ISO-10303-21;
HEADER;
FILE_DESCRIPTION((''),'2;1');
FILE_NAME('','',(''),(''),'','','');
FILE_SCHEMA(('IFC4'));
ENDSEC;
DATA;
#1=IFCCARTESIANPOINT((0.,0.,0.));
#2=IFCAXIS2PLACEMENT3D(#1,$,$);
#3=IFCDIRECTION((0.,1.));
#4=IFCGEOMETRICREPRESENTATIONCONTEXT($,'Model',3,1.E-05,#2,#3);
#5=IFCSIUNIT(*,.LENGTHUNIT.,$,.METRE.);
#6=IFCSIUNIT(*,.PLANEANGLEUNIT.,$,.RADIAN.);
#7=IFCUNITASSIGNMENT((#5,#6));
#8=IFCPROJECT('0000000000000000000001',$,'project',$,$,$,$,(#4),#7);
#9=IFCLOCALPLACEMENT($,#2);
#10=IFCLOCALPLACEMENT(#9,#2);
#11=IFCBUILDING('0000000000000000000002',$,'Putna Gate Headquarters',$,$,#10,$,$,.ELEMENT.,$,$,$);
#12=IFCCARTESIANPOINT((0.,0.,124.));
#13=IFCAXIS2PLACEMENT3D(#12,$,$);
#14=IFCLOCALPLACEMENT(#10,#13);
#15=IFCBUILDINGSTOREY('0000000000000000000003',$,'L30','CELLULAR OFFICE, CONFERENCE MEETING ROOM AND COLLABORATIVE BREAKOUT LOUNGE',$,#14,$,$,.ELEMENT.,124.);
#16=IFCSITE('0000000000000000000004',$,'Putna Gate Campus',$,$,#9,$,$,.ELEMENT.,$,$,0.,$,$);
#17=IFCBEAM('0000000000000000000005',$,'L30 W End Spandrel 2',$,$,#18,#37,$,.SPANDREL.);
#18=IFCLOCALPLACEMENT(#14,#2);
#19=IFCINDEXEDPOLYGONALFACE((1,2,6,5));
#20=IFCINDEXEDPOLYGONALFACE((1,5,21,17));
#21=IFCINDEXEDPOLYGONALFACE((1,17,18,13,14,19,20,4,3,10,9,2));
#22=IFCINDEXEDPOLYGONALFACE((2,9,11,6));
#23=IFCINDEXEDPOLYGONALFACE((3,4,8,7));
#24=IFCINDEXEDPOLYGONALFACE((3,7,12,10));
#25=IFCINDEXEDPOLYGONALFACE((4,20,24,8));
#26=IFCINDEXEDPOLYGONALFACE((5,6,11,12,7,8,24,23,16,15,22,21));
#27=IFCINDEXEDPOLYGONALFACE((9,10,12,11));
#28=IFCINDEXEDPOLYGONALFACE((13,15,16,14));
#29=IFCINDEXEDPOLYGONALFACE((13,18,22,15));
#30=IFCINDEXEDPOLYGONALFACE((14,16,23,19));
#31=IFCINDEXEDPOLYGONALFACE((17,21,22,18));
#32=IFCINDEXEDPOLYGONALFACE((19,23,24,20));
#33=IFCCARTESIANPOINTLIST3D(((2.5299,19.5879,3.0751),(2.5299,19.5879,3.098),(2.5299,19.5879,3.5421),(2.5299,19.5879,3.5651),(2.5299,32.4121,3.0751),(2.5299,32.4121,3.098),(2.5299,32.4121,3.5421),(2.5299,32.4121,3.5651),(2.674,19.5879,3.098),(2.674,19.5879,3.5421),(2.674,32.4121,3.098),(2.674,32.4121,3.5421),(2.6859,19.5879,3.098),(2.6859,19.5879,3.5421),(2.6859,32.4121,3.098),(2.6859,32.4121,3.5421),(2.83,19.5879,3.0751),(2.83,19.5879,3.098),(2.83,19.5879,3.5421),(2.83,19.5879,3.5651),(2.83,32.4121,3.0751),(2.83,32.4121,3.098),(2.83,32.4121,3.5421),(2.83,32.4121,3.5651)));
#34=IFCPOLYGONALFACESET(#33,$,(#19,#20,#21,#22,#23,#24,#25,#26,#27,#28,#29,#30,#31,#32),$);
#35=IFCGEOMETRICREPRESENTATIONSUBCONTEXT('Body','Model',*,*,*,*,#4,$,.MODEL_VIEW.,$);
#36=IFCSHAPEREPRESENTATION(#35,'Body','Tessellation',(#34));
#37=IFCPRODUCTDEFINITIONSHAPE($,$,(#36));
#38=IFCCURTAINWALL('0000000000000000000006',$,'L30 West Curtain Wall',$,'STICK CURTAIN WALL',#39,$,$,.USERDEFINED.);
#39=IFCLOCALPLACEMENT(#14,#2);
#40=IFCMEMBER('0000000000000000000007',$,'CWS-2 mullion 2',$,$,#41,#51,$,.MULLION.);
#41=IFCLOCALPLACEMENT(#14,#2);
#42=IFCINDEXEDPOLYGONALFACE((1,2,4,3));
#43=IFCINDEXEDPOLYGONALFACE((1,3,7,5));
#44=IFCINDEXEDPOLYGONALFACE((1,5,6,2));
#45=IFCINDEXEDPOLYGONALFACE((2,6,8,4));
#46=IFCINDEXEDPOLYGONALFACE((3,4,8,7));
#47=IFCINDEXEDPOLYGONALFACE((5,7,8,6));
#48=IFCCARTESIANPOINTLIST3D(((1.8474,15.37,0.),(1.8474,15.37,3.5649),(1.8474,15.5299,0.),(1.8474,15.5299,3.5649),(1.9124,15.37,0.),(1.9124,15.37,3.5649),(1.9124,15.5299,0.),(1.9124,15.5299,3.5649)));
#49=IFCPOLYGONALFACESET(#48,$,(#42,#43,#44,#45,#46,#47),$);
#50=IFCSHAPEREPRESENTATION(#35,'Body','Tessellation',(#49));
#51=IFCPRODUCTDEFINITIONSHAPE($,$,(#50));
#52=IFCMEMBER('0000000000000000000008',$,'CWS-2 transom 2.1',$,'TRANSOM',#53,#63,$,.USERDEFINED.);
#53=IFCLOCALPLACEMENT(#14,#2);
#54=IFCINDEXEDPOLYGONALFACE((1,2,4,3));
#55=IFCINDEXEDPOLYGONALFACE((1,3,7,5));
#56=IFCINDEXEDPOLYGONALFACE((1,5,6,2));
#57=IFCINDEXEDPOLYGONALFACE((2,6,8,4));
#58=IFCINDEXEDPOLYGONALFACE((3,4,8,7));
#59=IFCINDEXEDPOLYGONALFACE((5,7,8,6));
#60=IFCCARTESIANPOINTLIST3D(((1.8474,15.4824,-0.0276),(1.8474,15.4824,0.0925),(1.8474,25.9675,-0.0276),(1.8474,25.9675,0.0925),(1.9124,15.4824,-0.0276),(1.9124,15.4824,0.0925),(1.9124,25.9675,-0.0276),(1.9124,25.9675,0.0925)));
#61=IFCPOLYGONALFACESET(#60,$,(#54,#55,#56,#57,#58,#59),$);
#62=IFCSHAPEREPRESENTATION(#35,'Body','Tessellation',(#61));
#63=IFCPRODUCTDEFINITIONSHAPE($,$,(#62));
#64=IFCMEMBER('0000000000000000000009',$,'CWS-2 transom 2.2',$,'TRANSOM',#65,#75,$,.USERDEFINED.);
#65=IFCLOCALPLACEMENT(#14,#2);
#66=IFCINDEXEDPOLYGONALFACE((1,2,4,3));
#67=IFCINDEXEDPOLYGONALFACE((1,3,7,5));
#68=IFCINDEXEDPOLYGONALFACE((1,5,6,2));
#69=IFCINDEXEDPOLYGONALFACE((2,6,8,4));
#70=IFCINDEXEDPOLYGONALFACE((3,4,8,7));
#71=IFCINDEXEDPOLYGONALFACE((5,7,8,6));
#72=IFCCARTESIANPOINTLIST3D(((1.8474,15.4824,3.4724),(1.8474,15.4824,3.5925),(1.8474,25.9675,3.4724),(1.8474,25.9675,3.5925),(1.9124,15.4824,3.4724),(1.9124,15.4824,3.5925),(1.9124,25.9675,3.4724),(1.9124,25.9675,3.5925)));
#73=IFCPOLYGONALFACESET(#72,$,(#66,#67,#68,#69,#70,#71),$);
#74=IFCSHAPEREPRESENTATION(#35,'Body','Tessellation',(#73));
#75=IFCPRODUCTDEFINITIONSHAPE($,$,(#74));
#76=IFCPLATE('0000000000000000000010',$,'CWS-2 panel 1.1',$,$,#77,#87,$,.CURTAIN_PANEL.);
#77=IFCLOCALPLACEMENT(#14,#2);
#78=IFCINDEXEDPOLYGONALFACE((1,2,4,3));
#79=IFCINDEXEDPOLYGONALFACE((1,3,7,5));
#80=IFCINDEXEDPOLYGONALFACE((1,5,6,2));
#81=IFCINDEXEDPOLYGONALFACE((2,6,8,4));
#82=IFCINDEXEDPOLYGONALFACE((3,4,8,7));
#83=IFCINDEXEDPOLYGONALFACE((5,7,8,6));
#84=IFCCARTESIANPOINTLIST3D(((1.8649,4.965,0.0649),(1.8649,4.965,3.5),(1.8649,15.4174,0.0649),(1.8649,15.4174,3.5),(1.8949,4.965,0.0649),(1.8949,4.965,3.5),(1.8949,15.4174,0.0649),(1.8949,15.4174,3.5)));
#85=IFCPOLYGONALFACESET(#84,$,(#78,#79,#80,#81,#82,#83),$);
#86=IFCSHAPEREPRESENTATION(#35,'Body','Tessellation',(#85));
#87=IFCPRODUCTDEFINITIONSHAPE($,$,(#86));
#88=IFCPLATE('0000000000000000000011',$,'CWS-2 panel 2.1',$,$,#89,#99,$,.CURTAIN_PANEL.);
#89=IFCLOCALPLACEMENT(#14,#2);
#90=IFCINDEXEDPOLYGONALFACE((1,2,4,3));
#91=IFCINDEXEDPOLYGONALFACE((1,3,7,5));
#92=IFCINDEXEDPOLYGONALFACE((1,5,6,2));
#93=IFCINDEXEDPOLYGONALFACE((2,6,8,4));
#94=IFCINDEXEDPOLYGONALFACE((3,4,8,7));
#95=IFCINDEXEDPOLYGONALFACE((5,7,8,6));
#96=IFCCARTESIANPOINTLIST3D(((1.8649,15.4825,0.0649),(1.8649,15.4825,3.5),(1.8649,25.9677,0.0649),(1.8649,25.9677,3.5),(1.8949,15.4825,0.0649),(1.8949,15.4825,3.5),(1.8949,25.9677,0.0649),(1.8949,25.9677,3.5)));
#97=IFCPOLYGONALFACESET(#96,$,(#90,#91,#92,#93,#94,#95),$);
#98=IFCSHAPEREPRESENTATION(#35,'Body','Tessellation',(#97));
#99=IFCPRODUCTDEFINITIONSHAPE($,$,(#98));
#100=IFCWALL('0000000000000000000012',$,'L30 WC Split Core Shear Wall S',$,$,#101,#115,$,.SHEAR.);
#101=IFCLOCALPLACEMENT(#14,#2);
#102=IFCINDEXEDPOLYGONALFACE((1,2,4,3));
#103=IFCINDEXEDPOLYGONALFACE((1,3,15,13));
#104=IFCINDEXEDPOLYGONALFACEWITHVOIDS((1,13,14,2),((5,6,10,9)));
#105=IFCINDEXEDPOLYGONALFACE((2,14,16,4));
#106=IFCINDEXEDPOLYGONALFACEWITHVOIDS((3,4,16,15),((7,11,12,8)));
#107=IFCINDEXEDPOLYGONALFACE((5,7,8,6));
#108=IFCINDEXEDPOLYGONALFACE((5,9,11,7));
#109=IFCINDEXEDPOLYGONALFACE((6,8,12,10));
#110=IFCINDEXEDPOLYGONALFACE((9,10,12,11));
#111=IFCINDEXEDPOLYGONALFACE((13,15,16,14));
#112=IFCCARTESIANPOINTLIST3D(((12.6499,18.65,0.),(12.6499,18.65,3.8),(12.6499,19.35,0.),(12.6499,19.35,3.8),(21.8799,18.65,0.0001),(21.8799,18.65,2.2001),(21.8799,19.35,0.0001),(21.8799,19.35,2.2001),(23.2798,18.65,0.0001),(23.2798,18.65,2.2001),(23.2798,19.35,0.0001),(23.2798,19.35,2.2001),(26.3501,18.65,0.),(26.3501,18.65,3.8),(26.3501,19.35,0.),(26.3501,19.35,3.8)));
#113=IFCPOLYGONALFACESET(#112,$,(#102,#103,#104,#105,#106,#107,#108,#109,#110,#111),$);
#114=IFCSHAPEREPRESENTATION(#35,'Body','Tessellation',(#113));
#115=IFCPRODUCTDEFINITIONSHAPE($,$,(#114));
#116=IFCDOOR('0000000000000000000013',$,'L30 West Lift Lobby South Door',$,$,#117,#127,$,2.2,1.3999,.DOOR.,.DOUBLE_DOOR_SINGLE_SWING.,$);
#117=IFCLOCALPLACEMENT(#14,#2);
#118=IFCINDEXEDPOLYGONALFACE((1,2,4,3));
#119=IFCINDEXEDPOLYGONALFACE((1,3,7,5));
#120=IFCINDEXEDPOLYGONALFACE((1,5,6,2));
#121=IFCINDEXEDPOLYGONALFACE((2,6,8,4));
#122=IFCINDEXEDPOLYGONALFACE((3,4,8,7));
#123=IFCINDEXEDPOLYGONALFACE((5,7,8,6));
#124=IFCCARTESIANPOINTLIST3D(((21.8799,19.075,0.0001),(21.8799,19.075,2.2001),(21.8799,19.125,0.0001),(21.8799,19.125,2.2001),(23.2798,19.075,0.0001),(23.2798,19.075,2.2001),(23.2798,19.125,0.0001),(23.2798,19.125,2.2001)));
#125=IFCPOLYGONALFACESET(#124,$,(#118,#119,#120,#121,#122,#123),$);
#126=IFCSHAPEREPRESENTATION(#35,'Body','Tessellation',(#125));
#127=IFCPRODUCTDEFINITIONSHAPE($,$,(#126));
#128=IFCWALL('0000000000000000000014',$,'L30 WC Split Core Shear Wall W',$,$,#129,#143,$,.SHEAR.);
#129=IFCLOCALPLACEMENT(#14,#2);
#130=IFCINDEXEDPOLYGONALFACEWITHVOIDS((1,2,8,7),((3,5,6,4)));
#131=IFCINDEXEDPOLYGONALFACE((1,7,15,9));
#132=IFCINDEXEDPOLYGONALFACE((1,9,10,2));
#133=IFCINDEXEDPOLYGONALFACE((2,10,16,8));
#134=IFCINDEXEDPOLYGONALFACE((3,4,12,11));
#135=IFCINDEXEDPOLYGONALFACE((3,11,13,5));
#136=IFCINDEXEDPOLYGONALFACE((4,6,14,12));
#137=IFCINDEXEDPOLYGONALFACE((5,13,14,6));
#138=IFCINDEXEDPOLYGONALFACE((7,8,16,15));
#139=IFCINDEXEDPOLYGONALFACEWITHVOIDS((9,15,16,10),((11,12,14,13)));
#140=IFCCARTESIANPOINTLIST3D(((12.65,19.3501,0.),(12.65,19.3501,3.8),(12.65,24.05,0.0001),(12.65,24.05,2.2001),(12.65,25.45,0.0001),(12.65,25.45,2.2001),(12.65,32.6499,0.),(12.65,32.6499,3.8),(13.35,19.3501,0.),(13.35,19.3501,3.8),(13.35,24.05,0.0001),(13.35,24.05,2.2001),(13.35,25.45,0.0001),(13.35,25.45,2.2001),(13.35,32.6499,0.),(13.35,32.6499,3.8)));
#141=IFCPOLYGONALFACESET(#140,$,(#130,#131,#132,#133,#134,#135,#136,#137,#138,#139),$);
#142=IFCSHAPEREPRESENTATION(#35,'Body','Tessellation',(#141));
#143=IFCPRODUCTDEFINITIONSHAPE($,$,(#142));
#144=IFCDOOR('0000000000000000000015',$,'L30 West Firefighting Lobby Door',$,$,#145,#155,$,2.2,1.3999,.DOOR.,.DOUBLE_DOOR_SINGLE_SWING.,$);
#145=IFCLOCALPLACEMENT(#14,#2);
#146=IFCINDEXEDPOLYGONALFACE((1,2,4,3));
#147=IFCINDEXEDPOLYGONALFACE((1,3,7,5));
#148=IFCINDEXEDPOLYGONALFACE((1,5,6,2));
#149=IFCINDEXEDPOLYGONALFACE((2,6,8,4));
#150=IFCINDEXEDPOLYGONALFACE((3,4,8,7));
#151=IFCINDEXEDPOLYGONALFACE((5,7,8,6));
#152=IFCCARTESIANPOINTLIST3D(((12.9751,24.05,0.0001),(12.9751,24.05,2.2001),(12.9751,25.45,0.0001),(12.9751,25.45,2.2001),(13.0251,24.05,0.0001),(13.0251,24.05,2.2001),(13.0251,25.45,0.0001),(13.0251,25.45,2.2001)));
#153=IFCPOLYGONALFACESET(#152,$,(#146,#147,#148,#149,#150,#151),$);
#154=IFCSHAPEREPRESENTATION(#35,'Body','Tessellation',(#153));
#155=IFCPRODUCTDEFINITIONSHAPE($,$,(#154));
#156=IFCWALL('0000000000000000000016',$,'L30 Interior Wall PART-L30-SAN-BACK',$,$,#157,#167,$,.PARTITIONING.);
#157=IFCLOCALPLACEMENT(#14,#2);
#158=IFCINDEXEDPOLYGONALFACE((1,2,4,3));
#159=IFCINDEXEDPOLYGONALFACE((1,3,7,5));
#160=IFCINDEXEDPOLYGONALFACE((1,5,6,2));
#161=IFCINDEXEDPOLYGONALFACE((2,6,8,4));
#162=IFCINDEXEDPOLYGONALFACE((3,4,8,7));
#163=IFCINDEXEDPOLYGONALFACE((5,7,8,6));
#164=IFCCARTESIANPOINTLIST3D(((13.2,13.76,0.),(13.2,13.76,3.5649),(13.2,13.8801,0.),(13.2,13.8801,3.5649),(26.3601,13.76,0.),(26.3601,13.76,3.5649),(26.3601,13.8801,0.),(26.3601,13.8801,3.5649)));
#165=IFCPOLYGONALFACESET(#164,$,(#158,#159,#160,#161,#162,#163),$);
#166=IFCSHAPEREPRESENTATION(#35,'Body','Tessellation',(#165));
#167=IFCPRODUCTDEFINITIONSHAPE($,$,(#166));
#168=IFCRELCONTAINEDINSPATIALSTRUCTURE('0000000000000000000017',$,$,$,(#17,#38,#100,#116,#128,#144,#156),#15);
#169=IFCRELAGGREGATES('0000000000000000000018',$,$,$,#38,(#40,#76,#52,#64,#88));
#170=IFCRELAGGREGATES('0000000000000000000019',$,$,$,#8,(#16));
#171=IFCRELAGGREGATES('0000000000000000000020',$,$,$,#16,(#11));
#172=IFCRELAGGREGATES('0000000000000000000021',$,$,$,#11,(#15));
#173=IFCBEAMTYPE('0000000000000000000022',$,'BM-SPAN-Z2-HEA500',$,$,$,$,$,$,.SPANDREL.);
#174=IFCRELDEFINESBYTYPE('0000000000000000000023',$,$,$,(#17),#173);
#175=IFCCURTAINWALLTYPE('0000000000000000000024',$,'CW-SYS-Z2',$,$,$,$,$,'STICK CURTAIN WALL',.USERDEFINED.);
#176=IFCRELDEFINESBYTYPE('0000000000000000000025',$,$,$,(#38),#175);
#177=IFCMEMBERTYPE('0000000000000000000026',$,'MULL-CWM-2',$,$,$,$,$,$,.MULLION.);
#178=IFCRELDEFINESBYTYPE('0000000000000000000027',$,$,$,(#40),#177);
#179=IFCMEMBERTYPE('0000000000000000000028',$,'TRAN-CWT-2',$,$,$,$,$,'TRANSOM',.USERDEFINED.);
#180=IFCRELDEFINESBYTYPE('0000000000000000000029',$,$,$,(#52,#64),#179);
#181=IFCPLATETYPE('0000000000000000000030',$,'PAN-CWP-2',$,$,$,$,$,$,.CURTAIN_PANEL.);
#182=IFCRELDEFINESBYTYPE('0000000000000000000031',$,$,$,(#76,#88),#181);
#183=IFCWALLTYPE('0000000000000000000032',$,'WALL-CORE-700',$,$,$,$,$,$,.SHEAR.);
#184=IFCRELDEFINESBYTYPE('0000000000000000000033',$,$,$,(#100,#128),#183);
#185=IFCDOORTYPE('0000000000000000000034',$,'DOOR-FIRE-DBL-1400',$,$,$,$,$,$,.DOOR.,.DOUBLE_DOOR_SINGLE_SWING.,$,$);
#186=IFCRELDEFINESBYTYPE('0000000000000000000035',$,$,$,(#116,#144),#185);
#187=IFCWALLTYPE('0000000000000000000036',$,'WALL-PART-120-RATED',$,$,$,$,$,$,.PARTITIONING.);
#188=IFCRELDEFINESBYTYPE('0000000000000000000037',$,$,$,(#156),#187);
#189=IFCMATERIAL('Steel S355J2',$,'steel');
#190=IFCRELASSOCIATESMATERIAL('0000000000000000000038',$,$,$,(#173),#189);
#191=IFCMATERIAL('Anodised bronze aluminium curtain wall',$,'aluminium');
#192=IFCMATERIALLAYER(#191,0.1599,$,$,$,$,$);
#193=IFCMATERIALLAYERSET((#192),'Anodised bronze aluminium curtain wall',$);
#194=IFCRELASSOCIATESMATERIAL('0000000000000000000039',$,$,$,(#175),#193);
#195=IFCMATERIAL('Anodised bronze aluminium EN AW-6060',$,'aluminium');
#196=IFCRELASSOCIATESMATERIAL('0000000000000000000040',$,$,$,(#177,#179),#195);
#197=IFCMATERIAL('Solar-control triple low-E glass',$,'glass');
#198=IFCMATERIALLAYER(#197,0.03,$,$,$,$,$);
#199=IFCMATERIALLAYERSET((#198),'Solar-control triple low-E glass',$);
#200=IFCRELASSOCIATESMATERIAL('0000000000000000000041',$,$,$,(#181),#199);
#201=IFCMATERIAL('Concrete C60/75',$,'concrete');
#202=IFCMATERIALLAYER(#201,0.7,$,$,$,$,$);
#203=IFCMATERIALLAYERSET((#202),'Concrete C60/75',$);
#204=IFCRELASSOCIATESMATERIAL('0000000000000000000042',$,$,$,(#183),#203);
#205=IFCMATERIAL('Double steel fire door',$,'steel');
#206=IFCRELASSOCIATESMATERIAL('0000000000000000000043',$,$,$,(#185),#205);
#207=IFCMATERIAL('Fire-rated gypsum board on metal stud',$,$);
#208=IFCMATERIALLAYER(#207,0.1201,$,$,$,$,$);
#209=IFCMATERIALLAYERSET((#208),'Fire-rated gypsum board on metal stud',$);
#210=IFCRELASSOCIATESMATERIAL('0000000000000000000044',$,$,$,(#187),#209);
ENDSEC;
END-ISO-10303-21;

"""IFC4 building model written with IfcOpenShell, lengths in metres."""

from ifc_helpers import new_model, si_unit, direction, frame, frame_2d, origin, origin_2d, place, context, subcontext, project, spatial, rectangle, i_section, extrude, material, layer, layer_set, material_profile, profile_set, type_object, element, fill, aggregate, save


model = new_model("IFC4")

# Units and contexts
model_context = context("Model", 3, precision=1e-05, world=origin(), true_north=direction((0.0, 1.0)))
body_context = subcontext(model_context, "Body", "Model", "MODEL_VIEW")
ifc_project = project(units=[si_unit("LENGTHUNIT", "METRE"), si_unit("PLANEANGLEUNIT", "RADIAN")], contexts=[model_context])

# Site, building, storey
site_placement = place(None, origin())
site = spatial("IfcSite", under=ifc_project, at=site_placement, Name="Putna Gate Campus", CompositionType="ELEMENT", RefElevation=0.0)
building_placement = place(site_placement, origin())
building = spatial("IfcBuilding", under=site, at=building_placement, Name="Putna Gate Headquarters", CompositionType="ELEMENT")
storey_placement = place(building_placement, frame((0.0, 0.0, 124.0)))
storey = spatial("IfcBuildingStorey", under=building, at=storey_placement, Name="L30", Description="CELLULAR OFFICE, CONFERENCE MEETING ROOM AND COLLABORATIVE BREAKOUT LOUNGE", CompositionType="ELEMENT", Elevation=124.0)

# Shared definitions
ifc_material_1 = material(Name="Concrete C60/75", Category="concrete")

# Beam
ifc_material_2 = material(Name="Steel S355J2", Category="steel")
ifc_material_profile_1 = material_profile(ifc_material_2, i_section(OverallWidth=0.3, OverallDepth=0.49, WebThickness=0.012, FlangeThickness=0.0229, at=origin_2d()), Name="Steel S355J2")
ifc_profile_set_1 = profile_set([ifc_material_profile_1], Name="Steel S355J2")
beam_type_1 = type_object("IfcBeamType", Name="BM-SPAN-Z2-HEA500", PredefinedType="SPANDREL", material=ifc_profile_set_1)
beam_1_placement = place(storey_placement, frame((2.6799, 19.5879, 3.3201), z_axis=(0.0, 1.0, 0.0), x_axis=(-1.0, 0.0, 0.0)))
element("IfcBeam", 1, at=beam_1_placement, inside=storey, type_object=beam_type_1, Name="L30 W End Spandrel 2", PredefinedType="SPANDREL", context=body_context, shape_type="SweptSolid", body=[
    extrude(i_section(OverallWidth=0.3, OverallDepth=0.49, WebThickness=0.012, FlangeThickness=0.0229, at=origin_2d()), origin(), (0.0, 0.0, 1.0), 12.8242),
])

# Curtain wall, members, plates
ifc_material_3 = material(Name="Anodised bronze aluminium curtain wall", Category="aluminium")
ifc_layer_1 = layer(ifc_material_3, 0.1599)
ifc_layer_set_1 = layer_set([ifc_layer_1], Name="Anodised bronze aluminium curtain wall")
curtain_wall_type = type_object("IfcCurtainWallType", Name="CW-SYS-Z2", ElementType="STICK CURTAIN WALL", PredefinedType="USERDEFINED", material=ifc_layer_set_1)
curtain_wall_placement = place(storey_placement, origin())
curtain_wall = element("IfcCurtainWall", 2, at=curtain_wall_placement, inside=storey, type_object=curtain_wall_type, Name="L30 West Curtain Wall", ObjectType="STICK CURTAIN WALL", PredefinedType="USERDEFINED")
ifc_material_4 = material(Name="Anodised bronze aluminium EN AW-6060", Category="aluminium")
ifc_material_profile_2 = material_profile(ifc_material_4, rectangle(XDim=0.0649, YDim=0.1599, at=origin_2d()), Name="Anodised bronze aluminium EN AW-6060")
ifc_profile_set_2 = profile_set([ifc_material_profile_2], Name="Anodised bronze aluminium EN AW-6060")
member_type_1 = type_object("IfcMemberType", Name="MULL-CWM-2", PredefinedType="MULLION", material=ifc_profile_set_2)
member_1_placement = place(storey_placement, frame((1.8799, 15.45, 0.0), z_axis=(0.0, 0.0, 1.0), x_axis=(-1.0, 0.0, 0.0)))
member_1 = element("IfcMember", 3, at=member_1_placement, type_object=member_type_1, Name="CWS-2 mullion 2", PredefinedType="MULLION", context=body_context, shape_type="SweptSolid", body=[
    extrude(rectangle(XDim=0.0649, YDim=0.1599, at=origin_2d()), origin(), (0.0, 0.0, 1.0), 3.5649),
])
ifc_material_profile_3 = material_profile(ifc_material_4, rectangle(XDim=0.0649, YDim=0.1201, at=origin_2d()), Name="Anodised bronze aluminium EN AW-6060")
ifc_profile_set_3 = profile_set([ifc_material_profile_3], Name="Anodised bronze aluminium EN AW-6060")
member_type_2 = type_object("IfcMemberType", Name="TRAN-CWT-2", ElementType="TRANSOM", PredefinedType="USERDEFINED", material=ifc_profile_set_3)
member_2_placement = place(storey_placement, frame((1.8799, 15.4824, 0.0325), z_axis=(0.0, 1.0, 0.0), x_axis=(-1.0, 0.0, 0.0)))
member_2 = element("IfcMember", 4, at=member_2_placement, type_object=member_type_2, Name="CWS-2 transom 2.1", ObjectType="TRANSOM", PredefinedType="USERDEFINED", context=body_context, shape_type="SweptSolid", body=[
    extrude(rectangle(XDim=0.0649, YDim=0.1201, at=origin_2d()), origin(), (0.0, 0.0, 1.0), 10.4851),
])
member_3_placement = place(storey_placement, frame((1.8799, 15.4824, 3.5325), z_axis=(0.0, 1.0, 0.0), x_axis=(-1.0, 0.0, 0.0)))
member_3 = element("IfcMember", 5, at=member_3_placement, type_object=member_type_2, Name="CWS-2 transom 2.2", ObjectType="TRANSOM", PredefinedType="USERDEFINED", context=body_context, shape_type="SweptSolid", body=[
    extrude(rectangle(XDim=0.0649, YDim=0.1201, at=origin_2d()), origin(), (0.0, 0.0, 1.0), 10.4851),
])
ifc_material_5 = material(Name="Solar-control triple low-E glass", Category="glass")
ifc_layer_2 = layer(ifc_material_5, 0.03)
ifc_layer_set_2 = layer_set([ifc_layer_2], Name="Solar-control triple low-E glass")
plate_type = type_object("IfcPlateType", Name="PAN-CWP-2", PredefinedType="CURTAIN_PANEL", material=ifc_layer_set_2)
plate_1_placement = place(storey_placement, frame((1.8799, 10.1912, 0.0649), z_axis=(0.0, 0.0, 1.0), x_axis=(0.0, 1.0, 0.0)))
plate_1 = element("IfcPlate", 6, at=plate_1_placement, type_object=plate_type, Name="CWS-2 panel 1.1", PredefinedType="CURTAIN_PANEL", context=body_context, shape_type="SweptSolid", body=[
    extrude(rectangle(XDim=10.4524, YDim=0.03, at=origin_2d()), origin(), (0.0, 0.0, 1.0), 3.4351),
])
plate_2_placement = place(storey_placement, frame((1.8799, 20.7251, 0.0649), z_axis=(0.0, 0.0, 1.0), x_axis=(0.0, 1.0, 0.0)))
plate_2 = element("IfcPlate", 7, at=plate_2_placement, type_object=plate_type, Name="CWS-2 panel 2.1", PredefinedType="CURTAIN_PANEL", context=body_context, shape_type="SweptSolid", body=[
    extrude(rectangle(XDim=10.4851, YDim=0.03, at=origin_2d()), origin(), (0.0, 0.0, 1.0), 3.4351),
])
aggregate(curtain_wall, [member_1, plate_1, member_2, member_3, plate_2])

# Walls, openings, doors
ifc_layer_3 = layer(ifc_material_1, 0.7)
ifc_layer_set_3 = layer_set([ifc_layer_3], Name="Concrete C60/75")
wall_type_1 = type_object("IfcWallType", Name="WALL-CORE-700", PredefinedType="SHEAR", material=ifc_layer_set_3)
wall_1_placement = place(storey_placement, frame((12.6499, 19.0, 0.0), z_axis=(0.0, 0.0, 1.0), x_axis=(1.0, 0.0, 0.0)))
wall_1 = element("IfcWall", 8, at=wall_1_placement, inside=storey, type_object=wall_type_1, Name="L30 WC Split Core Shear Wall S", PredefinedType="SHEAR", context=body_context, shape_type="SweptSolid", body=[
    extrude(rectangle(XDim=13.7002, YDim=0.7, at=frame_2d((6.8501, 0.0))), origin(), (0.0, 0.0, 1.0), 3.8),
])
opening_1_placement = place(wall_1_placement, frame((9.23, 0.0, 0.0)))
opening_1 = element("IfcOpeningElement", 9, at=opening_1_placement, cuts=wall_1, PredefinedType="OPENING", context=body_context, shape_type="SweptSolid", body=[
    extrude(rectangle(XDim=1.3999, YDim=2.2, at=frame_2d((0.7, 1.1001))), frame((0.0, 0.3599, 0.0), z_axis=(0.0, -1.0, 0.0), x_axis=(1.0, 0.0, 0.0)), (0.0, 0.0, 1.0), 0.72),
])
ifc_material_6 = material(Name="Double steel fire door", Category="steel")
door_type_1 = type_object("IfcDoorType", Name="DOOR-FIRE-DBL-1400", OperationType="DOUBLE_DOOR_SINGLE_SWING", PredefinedType="DOOR", material=ifc_material_6)
door_1_placement = place(opening_1_placement, origin())
door_1 = element("IfcDoor", 10, at=door_1_placement, inside=storey, type_object=door_type_1, Name="L30 West Lift Lobby South Door", OperationType="DOUBLE_DOOR_SINGLE_SWING", OverallHeight=2.2, OverallWidth=1.3999, PredefinedType="DOOR", context=body_context, shape_type="SweptSolid", body=[
    extrude(rectangle(XDim=1.3999, YDim=2.2, at=frame_2d((0.7, 1.1001))), frame((0.0, 0.125, 0.0), z_axis=(0.0, -1.0, 0.0), x_axis=(1.0, 0.0, 0.0)), (0.0, 0.0, 1.0), 0.05),
])
fill(opening_1, door_1)
wall_2_placement = place(storey_placement, frame((13.0, 19.3501, 0.0), z_axis=(0.0, 0.0, 1.0), x_axis=(0.0, 1.0, 0.0)))
wall_2 = element("IfcWall", 11, at=wall_2_placement, inside=storey, type_object=wall_type_1, Name="L30 WC Split Core Shear Wall W", PredefinedType="SHEAR", context=body_context, shape_type="SweptSolid", body=[
    extrude(rectangle(XDim=13.2998, YDim=0.7, at=frame_2d((6.6499, 0.0))), origin(), (0.0, 0.0, 1.0), 3.8),
])
opening_2_placement = place(wall_2_placement, frame((4.7, 0.0, 0.0)))
opening_2 = element("IfcOpeningElement", 12, at=opening_2_placement, cuts=wall_2, PredefinedType="OPENING", context=body_context, shape_type="SweptSolid", body=[
    extrude(rectangle(XDim=1.3999, YDim=2.2, at=frame_2d((0.7, 1.1001))), frame((0.0, 0.3599, 0.0), z_axis=(0.0, -1.0, 0.0), x_axis=(1.0, 0.0, 0.0)), (0.0, 0.0, 1.0), 0.72),
])
door_2_placement = place(opening_2_placement, origin())
door_2 = element("IfcDoor", 13, at=door_2_placement, inside=storey, type_object=door_type_1, Name="L30 West Firefighting Lobby Door", OperationType="DOUBLE_DOOR_SINGLE_SWING", OverallHeight=2.2, OverallWidth=1.3999, PredefinedType="DOOR", context=body_context, shape_type="SweptSolid", body=[
    extrude(rectangle(XDim=1.3999, YDim=2.2, at=frame_2d((0.7, 1.1001))), frame((0.0, 0.0249, 0.0), z_axis=(0.0, -1.0, 0.0), x_axis=(1.0, 0.0, 0.0)), (0.0, 0.0, 1.0), 0.05),
])
fill(opening_2, door_2)

# Shared definitions
ifc_material_7 = material(Name="Fire-rated gypsum board on metal stud")
ifc_layer_4 = layer(ifc_material_7, 0.1201)
ifc_layer_set_4 = layer_set([ifc_layer_4], Name="Fire-rated gypsum board on metal stud")
wall_type_2 = type_object("IfcWallType", Name="WALL-PART-120-RATED", PredefinedType="PARTITIONING", material=ifc_layer_set_4)

# Wall
wall_3_placement = place(storey_placement, frame((13.2, 13.8201, 0.0), z_axis=(0.0, 0.0, 1.0), x_axis=(1.0, 0.0, 0.0)))
element("IfcWall", 14, at=wall_3_placement, inside=storey, type_object=wall_type_2, Name="L30 Interior Wall PART-L30-SAN-BACK", PredefinedType="PARTITIONING", context=body_context, shape_type="SweptSolid", body=[
    extrude(rectangle(XDim=13.1602, YDim=0.1201, at=frame_2d((6.5801, 0.0))), origin(), (0.0, 0.0, 1.0), 3.5649),
])

save(model, "model.ifc")
